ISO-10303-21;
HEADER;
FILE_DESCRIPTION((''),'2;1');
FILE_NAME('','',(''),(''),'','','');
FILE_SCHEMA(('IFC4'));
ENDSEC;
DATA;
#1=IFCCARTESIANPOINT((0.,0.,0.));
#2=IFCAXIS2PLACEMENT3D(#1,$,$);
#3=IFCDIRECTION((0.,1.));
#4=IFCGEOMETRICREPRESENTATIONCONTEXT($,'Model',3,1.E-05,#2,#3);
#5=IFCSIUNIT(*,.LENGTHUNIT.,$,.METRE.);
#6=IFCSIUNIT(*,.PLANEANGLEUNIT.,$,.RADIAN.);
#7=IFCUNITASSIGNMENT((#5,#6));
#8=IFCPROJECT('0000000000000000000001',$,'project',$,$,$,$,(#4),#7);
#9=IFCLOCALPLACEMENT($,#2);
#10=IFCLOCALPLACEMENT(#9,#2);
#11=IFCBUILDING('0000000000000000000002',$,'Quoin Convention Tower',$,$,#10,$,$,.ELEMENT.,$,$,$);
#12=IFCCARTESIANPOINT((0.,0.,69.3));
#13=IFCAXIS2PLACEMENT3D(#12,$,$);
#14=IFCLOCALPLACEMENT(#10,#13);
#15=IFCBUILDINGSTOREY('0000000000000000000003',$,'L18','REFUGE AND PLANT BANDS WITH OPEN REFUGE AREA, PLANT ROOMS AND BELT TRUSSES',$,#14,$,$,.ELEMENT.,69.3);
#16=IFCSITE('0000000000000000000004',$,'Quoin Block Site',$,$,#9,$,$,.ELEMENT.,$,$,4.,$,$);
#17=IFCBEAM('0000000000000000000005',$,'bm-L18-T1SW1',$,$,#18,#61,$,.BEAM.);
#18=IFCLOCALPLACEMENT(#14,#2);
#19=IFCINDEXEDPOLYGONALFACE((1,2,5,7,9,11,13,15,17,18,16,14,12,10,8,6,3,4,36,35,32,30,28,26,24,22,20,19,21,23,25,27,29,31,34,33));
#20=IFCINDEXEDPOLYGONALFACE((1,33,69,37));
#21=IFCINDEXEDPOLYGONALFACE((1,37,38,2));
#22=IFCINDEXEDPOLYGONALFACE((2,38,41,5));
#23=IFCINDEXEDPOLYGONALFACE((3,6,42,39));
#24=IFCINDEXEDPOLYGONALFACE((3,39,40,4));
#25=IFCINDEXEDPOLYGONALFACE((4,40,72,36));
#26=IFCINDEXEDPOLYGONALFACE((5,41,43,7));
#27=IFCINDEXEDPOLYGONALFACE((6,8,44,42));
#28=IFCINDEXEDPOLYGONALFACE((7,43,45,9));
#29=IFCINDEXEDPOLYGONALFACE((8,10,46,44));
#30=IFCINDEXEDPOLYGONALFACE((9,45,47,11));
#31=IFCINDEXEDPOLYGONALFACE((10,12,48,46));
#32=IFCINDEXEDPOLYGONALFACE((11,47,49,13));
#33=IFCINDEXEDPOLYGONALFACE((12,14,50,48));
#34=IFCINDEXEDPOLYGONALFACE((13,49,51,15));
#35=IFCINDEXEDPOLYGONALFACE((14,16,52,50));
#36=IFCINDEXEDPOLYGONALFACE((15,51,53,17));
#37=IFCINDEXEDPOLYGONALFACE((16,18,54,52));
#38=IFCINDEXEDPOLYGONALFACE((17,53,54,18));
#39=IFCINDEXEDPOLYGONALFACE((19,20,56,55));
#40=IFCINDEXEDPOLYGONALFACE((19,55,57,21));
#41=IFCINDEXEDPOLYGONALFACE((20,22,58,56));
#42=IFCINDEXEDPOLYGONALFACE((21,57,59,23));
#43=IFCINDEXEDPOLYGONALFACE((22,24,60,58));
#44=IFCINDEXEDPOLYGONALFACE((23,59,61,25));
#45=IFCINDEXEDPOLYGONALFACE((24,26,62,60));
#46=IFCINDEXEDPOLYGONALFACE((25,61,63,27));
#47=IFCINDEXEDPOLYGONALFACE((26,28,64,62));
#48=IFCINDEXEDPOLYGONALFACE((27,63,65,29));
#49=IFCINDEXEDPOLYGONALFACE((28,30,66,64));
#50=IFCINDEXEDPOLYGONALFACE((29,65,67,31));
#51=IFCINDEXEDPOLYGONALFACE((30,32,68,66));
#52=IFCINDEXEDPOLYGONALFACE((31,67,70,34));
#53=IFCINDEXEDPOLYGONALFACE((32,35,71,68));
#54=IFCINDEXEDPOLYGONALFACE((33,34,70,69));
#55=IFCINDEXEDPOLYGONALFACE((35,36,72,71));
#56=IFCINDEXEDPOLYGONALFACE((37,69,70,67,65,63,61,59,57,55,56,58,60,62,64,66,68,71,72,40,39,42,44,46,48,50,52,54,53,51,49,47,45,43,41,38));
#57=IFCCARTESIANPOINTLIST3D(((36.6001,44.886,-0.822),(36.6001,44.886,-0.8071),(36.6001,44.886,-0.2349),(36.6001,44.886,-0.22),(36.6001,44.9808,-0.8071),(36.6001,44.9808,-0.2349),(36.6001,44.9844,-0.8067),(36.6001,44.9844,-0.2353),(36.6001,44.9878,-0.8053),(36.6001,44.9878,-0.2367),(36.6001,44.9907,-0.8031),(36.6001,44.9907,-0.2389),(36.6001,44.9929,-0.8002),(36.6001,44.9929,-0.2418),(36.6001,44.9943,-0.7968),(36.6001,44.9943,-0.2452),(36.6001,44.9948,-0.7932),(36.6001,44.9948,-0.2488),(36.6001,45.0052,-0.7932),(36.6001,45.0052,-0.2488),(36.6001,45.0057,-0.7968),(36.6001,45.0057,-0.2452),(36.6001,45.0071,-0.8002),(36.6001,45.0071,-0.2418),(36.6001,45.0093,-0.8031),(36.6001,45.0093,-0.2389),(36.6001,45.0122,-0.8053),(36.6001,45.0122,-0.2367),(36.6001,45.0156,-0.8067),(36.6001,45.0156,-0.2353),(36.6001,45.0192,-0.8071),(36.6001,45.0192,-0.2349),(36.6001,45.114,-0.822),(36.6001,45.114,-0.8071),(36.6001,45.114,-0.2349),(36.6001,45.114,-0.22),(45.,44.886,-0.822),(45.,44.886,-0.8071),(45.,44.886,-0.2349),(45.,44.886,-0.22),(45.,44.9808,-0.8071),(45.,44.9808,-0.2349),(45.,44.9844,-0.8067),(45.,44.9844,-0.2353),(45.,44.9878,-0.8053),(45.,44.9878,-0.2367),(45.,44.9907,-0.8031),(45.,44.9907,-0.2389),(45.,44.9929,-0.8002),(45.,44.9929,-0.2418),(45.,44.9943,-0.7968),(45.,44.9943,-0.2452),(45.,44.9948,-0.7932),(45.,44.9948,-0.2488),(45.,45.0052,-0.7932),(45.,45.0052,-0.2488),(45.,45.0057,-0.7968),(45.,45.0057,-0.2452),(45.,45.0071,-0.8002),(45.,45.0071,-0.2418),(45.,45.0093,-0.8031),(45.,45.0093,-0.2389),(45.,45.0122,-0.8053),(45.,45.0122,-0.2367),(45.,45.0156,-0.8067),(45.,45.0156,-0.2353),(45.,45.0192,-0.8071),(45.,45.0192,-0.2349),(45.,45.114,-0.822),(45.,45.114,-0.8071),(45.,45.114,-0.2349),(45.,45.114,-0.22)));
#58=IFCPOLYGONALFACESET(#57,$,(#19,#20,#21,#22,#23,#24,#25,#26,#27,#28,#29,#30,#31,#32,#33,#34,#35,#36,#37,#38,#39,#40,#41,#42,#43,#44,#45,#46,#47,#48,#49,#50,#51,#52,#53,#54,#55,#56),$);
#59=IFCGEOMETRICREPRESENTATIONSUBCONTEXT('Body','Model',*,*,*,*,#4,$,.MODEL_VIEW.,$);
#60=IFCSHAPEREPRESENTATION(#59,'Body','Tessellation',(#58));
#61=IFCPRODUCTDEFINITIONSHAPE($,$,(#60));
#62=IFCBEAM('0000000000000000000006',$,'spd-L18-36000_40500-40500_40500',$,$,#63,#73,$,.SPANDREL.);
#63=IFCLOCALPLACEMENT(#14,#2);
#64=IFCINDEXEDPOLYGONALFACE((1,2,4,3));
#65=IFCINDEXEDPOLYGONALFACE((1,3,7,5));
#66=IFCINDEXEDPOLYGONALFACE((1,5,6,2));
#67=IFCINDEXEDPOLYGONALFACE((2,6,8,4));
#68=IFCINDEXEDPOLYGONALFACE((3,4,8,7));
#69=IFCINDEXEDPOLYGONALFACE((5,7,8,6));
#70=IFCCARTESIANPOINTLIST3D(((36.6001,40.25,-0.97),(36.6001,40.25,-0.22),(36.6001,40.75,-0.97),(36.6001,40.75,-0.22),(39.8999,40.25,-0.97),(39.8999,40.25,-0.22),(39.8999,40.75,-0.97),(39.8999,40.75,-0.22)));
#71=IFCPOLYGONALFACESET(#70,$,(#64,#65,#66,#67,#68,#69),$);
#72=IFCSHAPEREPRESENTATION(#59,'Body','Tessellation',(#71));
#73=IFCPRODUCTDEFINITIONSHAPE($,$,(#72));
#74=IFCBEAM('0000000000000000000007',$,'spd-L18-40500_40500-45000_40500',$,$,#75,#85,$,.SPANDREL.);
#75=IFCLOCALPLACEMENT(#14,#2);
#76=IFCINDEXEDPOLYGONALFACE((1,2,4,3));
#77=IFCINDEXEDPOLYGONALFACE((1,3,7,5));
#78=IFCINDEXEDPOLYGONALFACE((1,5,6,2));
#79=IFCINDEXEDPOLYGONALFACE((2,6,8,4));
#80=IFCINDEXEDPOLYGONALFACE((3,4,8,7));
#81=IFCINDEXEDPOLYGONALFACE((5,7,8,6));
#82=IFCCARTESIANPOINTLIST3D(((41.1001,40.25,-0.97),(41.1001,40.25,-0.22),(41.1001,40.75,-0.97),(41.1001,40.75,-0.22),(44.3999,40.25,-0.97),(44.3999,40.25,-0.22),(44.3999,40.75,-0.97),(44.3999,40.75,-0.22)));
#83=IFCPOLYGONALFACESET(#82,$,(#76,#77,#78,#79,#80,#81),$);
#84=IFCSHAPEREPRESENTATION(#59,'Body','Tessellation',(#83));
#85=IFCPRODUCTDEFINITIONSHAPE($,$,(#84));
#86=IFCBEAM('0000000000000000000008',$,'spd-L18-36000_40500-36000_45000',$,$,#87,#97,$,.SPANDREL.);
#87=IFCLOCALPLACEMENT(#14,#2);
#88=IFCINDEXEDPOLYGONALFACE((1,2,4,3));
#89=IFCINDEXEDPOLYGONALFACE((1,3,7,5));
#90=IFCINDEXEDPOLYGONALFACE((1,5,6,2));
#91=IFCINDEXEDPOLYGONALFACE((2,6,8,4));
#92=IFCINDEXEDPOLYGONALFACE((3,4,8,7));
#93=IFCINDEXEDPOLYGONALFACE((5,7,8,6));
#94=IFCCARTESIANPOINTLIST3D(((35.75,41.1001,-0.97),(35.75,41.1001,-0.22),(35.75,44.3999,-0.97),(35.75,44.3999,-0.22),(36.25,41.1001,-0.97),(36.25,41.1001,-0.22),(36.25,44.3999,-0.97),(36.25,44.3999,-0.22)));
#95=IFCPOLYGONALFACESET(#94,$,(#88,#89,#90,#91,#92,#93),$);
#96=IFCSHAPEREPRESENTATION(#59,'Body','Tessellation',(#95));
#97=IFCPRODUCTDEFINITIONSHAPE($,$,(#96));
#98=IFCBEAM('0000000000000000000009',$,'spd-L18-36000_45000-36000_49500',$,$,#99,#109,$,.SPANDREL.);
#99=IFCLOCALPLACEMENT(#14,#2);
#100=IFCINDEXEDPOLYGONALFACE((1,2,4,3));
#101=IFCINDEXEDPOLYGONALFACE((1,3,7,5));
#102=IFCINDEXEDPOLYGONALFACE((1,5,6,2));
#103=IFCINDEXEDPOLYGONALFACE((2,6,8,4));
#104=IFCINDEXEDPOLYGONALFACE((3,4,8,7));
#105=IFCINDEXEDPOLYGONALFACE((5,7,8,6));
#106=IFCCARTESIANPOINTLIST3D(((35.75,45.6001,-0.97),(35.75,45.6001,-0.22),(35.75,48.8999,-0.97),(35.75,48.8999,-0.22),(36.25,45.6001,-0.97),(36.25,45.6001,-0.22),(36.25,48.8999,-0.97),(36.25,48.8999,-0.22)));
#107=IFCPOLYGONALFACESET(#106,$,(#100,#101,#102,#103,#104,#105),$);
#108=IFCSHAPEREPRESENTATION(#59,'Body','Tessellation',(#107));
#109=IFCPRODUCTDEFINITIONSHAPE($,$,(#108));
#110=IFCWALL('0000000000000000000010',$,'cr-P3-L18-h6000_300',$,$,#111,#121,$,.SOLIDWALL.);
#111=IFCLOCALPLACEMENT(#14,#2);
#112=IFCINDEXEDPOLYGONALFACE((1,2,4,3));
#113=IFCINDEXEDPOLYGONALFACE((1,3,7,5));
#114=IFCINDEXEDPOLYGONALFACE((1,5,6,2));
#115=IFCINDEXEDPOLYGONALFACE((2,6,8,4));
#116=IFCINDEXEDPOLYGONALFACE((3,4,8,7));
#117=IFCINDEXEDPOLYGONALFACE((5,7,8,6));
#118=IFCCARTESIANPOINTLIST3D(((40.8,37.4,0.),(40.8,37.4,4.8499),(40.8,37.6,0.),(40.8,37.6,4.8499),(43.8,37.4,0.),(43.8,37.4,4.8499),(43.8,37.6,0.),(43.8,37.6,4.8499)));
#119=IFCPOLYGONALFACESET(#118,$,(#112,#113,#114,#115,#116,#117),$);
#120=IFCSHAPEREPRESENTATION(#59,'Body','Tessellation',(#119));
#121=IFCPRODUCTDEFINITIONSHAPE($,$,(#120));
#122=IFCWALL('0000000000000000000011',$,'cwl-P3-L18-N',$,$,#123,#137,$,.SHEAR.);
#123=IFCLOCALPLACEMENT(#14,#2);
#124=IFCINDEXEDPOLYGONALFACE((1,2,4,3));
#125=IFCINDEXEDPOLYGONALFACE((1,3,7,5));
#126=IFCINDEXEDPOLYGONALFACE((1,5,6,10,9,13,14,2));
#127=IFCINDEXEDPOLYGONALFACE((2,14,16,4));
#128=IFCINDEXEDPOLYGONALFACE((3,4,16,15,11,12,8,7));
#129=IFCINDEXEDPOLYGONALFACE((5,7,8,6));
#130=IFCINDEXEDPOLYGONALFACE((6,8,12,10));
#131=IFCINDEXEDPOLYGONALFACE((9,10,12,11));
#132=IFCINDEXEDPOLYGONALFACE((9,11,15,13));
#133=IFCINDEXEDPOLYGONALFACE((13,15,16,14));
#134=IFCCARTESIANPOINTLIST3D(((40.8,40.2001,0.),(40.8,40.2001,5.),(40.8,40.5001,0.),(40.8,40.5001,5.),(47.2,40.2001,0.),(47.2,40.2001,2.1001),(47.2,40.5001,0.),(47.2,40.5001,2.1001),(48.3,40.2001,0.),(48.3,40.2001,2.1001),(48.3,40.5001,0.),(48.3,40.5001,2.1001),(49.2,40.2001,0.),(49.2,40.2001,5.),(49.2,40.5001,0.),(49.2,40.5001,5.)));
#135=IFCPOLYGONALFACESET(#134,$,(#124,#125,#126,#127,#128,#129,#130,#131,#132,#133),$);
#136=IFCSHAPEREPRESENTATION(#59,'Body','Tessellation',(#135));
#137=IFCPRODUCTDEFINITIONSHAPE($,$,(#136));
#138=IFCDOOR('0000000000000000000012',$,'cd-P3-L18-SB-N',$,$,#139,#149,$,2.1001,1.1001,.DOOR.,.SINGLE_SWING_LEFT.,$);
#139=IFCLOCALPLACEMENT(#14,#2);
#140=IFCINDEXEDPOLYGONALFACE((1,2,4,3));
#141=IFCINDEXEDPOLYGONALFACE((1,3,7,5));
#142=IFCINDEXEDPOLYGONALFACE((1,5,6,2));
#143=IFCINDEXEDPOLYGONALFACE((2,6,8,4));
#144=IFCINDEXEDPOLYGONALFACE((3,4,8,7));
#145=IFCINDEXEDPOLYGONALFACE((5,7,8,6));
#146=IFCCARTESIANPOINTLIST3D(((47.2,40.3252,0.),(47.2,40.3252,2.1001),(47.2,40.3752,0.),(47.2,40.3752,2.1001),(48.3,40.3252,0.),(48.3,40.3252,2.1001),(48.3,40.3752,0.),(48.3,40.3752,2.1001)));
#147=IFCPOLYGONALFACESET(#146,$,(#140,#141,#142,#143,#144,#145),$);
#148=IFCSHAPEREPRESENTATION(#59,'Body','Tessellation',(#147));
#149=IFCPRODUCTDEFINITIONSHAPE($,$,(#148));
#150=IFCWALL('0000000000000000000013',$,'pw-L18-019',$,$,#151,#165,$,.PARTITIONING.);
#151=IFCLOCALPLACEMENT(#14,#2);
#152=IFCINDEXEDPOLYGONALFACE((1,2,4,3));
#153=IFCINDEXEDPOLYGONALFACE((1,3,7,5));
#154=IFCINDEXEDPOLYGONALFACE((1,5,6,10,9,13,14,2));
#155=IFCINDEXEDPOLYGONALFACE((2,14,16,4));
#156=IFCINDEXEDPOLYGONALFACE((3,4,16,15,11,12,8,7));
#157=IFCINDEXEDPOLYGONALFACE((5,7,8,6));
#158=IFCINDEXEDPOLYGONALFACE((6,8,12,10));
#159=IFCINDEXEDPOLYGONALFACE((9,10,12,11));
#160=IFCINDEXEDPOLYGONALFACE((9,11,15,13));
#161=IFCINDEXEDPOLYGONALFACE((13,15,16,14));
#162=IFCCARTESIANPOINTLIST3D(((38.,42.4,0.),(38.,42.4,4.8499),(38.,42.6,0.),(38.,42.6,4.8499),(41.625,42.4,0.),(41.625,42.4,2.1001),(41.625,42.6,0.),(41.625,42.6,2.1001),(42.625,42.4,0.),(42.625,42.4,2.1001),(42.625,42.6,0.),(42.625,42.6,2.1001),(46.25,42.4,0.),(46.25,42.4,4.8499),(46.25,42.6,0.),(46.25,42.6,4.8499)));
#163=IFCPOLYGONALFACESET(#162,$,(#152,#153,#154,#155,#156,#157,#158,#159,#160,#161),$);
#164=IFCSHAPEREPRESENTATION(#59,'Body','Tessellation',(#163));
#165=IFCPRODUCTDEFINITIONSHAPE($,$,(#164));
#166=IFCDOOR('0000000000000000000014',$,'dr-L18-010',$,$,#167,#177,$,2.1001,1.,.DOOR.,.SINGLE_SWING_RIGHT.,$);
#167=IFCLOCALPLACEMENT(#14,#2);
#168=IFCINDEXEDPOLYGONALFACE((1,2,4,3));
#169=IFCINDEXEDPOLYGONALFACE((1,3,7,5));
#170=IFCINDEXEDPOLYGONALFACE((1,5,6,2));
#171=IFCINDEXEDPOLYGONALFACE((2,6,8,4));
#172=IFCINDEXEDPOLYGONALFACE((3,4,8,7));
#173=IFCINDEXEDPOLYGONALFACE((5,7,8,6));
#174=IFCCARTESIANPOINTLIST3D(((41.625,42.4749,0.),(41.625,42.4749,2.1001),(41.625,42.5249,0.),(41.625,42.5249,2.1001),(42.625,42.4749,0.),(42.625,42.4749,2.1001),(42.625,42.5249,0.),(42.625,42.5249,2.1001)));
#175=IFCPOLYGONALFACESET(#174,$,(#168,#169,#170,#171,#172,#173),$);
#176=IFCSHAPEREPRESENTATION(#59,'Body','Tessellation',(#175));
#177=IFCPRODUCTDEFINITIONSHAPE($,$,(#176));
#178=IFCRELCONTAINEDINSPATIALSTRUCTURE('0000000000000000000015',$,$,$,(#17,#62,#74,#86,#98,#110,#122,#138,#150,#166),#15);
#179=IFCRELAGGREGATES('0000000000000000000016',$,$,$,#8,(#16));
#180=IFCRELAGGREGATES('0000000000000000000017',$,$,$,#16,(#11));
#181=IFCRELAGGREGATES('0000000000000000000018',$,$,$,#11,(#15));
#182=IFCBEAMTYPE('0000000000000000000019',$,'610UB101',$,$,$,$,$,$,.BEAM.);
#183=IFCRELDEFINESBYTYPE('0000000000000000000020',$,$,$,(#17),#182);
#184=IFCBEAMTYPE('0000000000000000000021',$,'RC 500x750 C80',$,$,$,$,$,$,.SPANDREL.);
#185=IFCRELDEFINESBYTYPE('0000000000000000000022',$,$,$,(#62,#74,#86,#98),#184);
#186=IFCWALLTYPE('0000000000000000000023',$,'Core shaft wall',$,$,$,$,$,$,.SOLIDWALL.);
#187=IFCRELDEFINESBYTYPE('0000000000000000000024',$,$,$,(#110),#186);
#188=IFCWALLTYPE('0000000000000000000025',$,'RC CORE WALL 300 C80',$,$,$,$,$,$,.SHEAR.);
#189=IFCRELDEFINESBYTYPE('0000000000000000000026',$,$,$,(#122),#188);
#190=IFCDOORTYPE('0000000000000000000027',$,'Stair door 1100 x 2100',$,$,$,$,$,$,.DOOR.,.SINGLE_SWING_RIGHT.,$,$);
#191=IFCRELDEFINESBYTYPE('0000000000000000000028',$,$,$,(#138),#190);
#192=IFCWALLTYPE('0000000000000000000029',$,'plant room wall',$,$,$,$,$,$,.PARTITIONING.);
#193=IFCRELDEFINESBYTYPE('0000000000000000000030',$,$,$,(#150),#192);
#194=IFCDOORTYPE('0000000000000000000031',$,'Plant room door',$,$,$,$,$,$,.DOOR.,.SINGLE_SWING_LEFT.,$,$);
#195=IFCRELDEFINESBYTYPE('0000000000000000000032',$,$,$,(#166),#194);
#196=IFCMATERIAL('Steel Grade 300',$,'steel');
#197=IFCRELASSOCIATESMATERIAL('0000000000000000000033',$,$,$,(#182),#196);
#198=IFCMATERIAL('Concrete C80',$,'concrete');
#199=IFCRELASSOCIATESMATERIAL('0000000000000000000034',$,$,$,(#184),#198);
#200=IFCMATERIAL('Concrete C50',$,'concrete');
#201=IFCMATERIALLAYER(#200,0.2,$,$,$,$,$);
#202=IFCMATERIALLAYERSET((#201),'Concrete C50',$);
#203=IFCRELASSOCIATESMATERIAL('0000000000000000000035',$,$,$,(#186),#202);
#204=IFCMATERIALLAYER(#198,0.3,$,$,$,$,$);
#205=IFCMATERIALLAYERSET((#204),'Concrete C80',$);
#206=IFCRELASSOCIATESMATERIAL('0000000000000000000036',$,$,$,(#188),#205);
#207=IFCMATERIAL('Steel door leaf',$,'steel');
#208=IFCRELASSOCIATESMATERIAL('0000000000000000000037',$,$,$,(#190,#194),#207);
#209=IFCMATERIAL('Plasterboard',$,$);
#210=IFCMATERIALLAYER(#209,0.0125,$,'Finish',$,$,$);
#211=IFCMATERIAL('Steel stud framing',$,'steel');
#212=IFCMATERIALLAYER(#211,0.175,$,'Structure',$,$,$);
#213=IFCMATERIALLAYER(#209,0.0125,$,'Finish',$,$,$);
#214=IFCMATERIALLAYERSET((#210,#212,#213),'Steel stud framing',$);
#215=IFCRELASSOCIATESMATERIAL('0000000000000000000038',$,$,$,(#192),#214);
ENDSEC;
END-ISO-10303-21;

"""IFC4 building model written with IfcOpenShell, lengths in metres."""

from ifc_helpers import new_model, si_unit, direction, frame, frame_2d, origin, origin_2d, place, context, subcontext, project, spatial, rectangle, i_section, extrude, material, layer, layer_set, material_profile, profile_set, type_object, element, fill, save


model = new_model("IFC4")

# Units and contexts
model_context = context("Model", 3, precision=1e-05, world=origin(), true_north=direction((0.0, 1.0)))
body_context = subcontext(model_context, "Body", "Model", "MODEL_VIEW")
ifc_project = project(units=[si_unit("LENGTHUNIT", "METRE"), si_unit("PLANEANGLEUNIT", "RADIAN")], contexts=[model_context])

# Site, building, storey
site_placement = place(None, origin())
site = spatial("IfcSite", under=ifc_project, at=site_placement, Name="Quoin Block Site", CompositionType="ELEMENT", RefElevation=4.0)
building_placement = place(site_placement, origin())
building = spatial("IfcBuilding", under=site, at=building_placement, Name="Quoin Convention Tower", CompositionType="ELEMENT")
storey_placement = place(building_placement, frame((0.0, 0.0, 69.3)))
storey = spatial("IfcBuildingStorey", under=building, at=storey_placement, Name="L18", Description="REFUGE AND PLANT BANDS WITH OPEN REFUGE AREA, PLANT ROOMS AND BELT TRUSSES", CompositionType="ELEMENT", Elevation=69.3)

# Shared definitions
ifc_material_1 = material(Name="Concrete C80", Category="concrete")

# Shared definitions
ifc_material_2 = material(Name="Steel Grade 300", Category="steel")

# Beams
ifc_material_profile_1 = material_profile(ifc_material_2, i_section(OverallWidth=0.228, OverallDepth=0.6021, WebThickness=0.0105, FlangeThickness=0.0149, FilletRadius=0.0139, at=origin_2d()), Name="610UB101")
ifc_profile_set_1 = profile_set([ifc_material_profile_1], Name="Steel Grade 300")
beam_type_1 = type_object("IfcBeamType", Name="610UB101", PredefinedType="BEAM", material=ifc_profile_set_1)
beam_1_placement = place(storey_placement, frame((36.6001, 45.0, -0.521), z_axis=(1.0, 0.0, 0.0), x_axis=(0.0, 1.0, 0.0)))
element("IfcBeam", 1, at=beam_1_placement, inside=storey, type_object=beam_type_1, Name="bm-L18-T1SW1", PredefinedType="BEAM", context=body_context, shape_type="SweptSolid", body=[
    extrude(i_section(OverallWidth=0.228, OverallDepth=0.6021, WebThickness=0.0105, FlangeThickness=0.0149, FilletRadius=0.0139, at=origin_2d()), origin(), (0.0, 0.0, 1.0), 8.3999),
])
ifc_material_profile_2 = material_profile(ifc_material_1, rectangle(XDim=0.5, YDim=0.75, at=origin_2d()), Name="RC 500x750")
ifc_profile_set_2 = profile_set([ifc_material_profile_2], Name="Concrete C80")
beam_type_2 = type_object("IfcBeamType", Name="RC 500x750 C80", PredefinedType="SPANDREL", material=ifc_profile_set_2)
for number, where, z_axis, x_axis, name in (
    (2, (36.6001, 40.5, -0.595), (1.0, 0.0, 0.0), (0.0, 1.0, 0.0), "spd-L18-36000_40500-40500_40500"),
    (3, (41.1001, 40.5, -0.595), (1.0, 0.0, 0.0), (0.0, 1.0, 0.0), "spd-L18-40500_40500-45000_40500"),
    (4, (36.0, 41.1001, -0.595), (0.0, 1.0, 0.0), (-1.0, 0.0, 0.0), "spd-L18-36000_40500-36000_45000"),
    (5, (36.0, 45.6001, -0.595), (0.0, 1.0, 0.0), (-1.0, 0.0, 0.0), "spd-L18-36000_45000-36000_49500"),
):
    element("IfcBeam", number, at=place(storey_placement, frame(where, z_axis=z_axis, x_axis=x_axis)), inside=storey, type_object=beam_type_2, Name=name, PredefinedType="SPANDREL", context=body_context, shape_type="SweptSolid", body=[
        extrude(rectangle(XDim=0.5, YDim=0.75, at=origin_2d()), origin(), (0.0, 0.0, 1.0), 3.2998),
    ])

# Wall
ifc_material_3 = material(Name="Concrete C50", Category="concrete")
ifc_layer_1 = layer(ifc_material_3, 0.2)
ifc_layer_set_1 = layer_set([ifc_layer_1], Name="Concrete C50")
wall_type_1 = type_object("IfcWallType", Name="Core shaft wall", PredefinedType="SOLIDWALL", material=ifc_layer_set_1)
wall_1_placement = place(storey_placement, frame((40.8, 37.5, 0.0), z_axis=(0.0, 0.0, 1.0), x_axis=(1.0, 0.0, 0.0)))
element("IfcWall", 6, at=wall_1_placement, inside=storey, type_object=wall_type_1, Name="cr-P3-L18-h6000_300", PredefinedType="SOLIDWALL", context=body_context, shape_type="SweptSolid", body=[
    extrude(rectangle(XDim=3.0, YDim=0.2, at=frame_2d((1.5, 0.0))), origin(), (0.0, 0.0, 1.0), 4.8499),
])

# Walls, openings, doors
ifc_layer_2 = layer(ifc_material_1, 0.3)
ifc_layer_set_2 = layer_set([ifc_layer_2], Name="Concrete C80")
wall_type_2 = type_object("IfcWallType", Name="RC CORE WALL 300 C80", PredefinedType="SHEAR", material=ifc_layer_set_2)
wall_2_placement = place(storey_placement, frame((40.8, 40.3501, 0.0), z_axis=(0.0, 0.0, 1.0), x_axis=(1.0, 0.0, 0.0)))
wall_2 = element("IfcWall", 7, at=wall_2_placement, inside=storey, type_object=wall_type_2, Name="cwl-P3-L18-N", PredefinedType="SHEAR", context=body_context, shape_type="SweptSolid", body=[
    extrude(rectangle(XDim=8.3999, YDim=0.3, at=frame_2d((4.2, 0.0))), origin(), (0.0, 0.0, 1.0), 5.0),
])
opening_1_placement = place(wall_2_placement, frame((6.3999, 0.0, 0.0)))
opening_1 = element("IfcOpeningElement", 8, at=opening_1_placement, cuts=wall_2, PredefinedType="OPENING", context=body_context, shape_type="SweptSolid", body=[
    extrude(rectangle(XDim=1.1001, YDim=2.1001, at=frame_2d((0.55, 1.05))), frame((0.0, 0.1599, 0.0), z_axis=(0.0, -1.0, 0.0), x_axis=(1.0, 0.0, 0.0)), (0.0, 0.0, 1.0), 0.3201),
])
ifc_material_4 = material(Name="Steel door leaf", Category="steel")
door_type_1 = type_object("IfcDoorType", Name="Stair door 1100 x 2100", OperationType="SINGLE_SWING_RIGHT", PredefinedType="DOOR", material=ifc_material_4)
door_1_placement = place(opening_1_placement, frame((1.1001, 0.0, 0.0), z_axis=(0.0, 0.0, 1.0), x_axis=(-1.0, 0.0, 0.0)))
door_1 = element("IfcDoor", 9, at=door_1_placement, inside=storey, type_object=door_type_1, Name="cd-P3-L18-SB-N", OperationType="SINGLE_SWING_LEFT", OverallHeight=2.1001, OverallWidth=1.1001, PredefinedType="DOOR", context=body_context, shape_type="SweptSolid", body=[
    extrude(rectangle(XDim=1.1001, YDim=2.1001, at=frame_2d((0.55, 1.05))), frame((0.0, 0.0249, 0.0), z_axis=(0.0, -1.0, 0.0), x_axis=(1.0, 0.0, 0.0)), (0.0, 0.0, 1.0), 0.05),
])
fill(opening_1, door_1)
ifc_material_5 = material(Name="Plasterboard")
ifc_layer_3 = layer(ifc_material_5, 0.0125, Name="Finish")
ifc_material_6 = material(Name="Steel stud framing", Category="steel")
ifc_layer_4 = layer(ifc_material_6, 0.175, Name="Structure")
ifc_layer_5 = layer(ifc_material_5, 0.0125, Name="Finish")
ifc_layer_set_3 = layer_set([ifc_layer_3, ifc_layer_4, ifc_layer_5], Name="Steel stud framing")
wall_type_3 = type_object("IfcWallType", Name="plant room wall", PredefinedType="PARTITIONING", material=ifc_layer_set_3)
wall_3_placement = place(storey_placement, frame((38.0, 42.5, 0.0), z_axis=(0.0, 0.0, 1.0), x_axis=(1.0, 0.0, 0.0)))
wall_3 = element("IfcWall", 10, at=wall_3_placement, inside=storey, type_object=wall_type_3, Name="pw-L18-019", PredefinedType="PARTITIONING", context=body_context, shape_type="SweptSolid", body=[
    extrude(rectangle(XDim=8.25, YDim=0.2, at=frame_2d((4.125, 0.0))), origin(), (0.0, 0.0, 1.0), 4.8499),
])
opening_2_placement = place(wall_3_placement, frame((3.625, 0.0, 0.0)))
opening_2 = element("IfcOpeningElement", 11, at=opening_2_placement, cuts=wall_3, PredefinedType="OPENING", context=body_context, shape_type="SweptSolid", body=[
    extrude(rectangle(XDim=1.0, YDim=2.1001, at=frame_2d((0.5, 1.05))), frame((0.0, 0.1099, 0.0), z_axis=(0.0, -1.0, 0.0), x_axis=(1.0, 0.0, 0.0)), (0.0, 0.0, 1.0), 0.22),
])
door_type_2 = type_object("IfcDoorType", Name="Plant room door", OperationType="SINGLE_SWING_LEFT", PredefinedType="DOOR", material=ifc_material_4)
door_2_placement = place(opening_2_placement, origin())
door_2 = element("IfcDoor", 12, at=door_2_placement, inside=storey, type_object=door_type_2, Name="dr-L18-010", OperationType="SINGLE_SWING_RIGHT", OverallHeight=2.1001, OverallWidth=1.0, PredefinedType="DOOR", context=body_context, shape_type="SweptSolid", body=[
    extrude(rectangle(XDim=1.0, YDim=2.1001, at=frame_2d((0.5, 1.05))), frame((0.0, 0.0249, 0.0), z_axis=(0.0, -1.0, 0.0), x_axis=(1.0, 0.0, 0.0)), (0.0, 0.0, 1.0), 0.05),
])
fill(opening_2, door_2)

save(model, "model.ifc")
